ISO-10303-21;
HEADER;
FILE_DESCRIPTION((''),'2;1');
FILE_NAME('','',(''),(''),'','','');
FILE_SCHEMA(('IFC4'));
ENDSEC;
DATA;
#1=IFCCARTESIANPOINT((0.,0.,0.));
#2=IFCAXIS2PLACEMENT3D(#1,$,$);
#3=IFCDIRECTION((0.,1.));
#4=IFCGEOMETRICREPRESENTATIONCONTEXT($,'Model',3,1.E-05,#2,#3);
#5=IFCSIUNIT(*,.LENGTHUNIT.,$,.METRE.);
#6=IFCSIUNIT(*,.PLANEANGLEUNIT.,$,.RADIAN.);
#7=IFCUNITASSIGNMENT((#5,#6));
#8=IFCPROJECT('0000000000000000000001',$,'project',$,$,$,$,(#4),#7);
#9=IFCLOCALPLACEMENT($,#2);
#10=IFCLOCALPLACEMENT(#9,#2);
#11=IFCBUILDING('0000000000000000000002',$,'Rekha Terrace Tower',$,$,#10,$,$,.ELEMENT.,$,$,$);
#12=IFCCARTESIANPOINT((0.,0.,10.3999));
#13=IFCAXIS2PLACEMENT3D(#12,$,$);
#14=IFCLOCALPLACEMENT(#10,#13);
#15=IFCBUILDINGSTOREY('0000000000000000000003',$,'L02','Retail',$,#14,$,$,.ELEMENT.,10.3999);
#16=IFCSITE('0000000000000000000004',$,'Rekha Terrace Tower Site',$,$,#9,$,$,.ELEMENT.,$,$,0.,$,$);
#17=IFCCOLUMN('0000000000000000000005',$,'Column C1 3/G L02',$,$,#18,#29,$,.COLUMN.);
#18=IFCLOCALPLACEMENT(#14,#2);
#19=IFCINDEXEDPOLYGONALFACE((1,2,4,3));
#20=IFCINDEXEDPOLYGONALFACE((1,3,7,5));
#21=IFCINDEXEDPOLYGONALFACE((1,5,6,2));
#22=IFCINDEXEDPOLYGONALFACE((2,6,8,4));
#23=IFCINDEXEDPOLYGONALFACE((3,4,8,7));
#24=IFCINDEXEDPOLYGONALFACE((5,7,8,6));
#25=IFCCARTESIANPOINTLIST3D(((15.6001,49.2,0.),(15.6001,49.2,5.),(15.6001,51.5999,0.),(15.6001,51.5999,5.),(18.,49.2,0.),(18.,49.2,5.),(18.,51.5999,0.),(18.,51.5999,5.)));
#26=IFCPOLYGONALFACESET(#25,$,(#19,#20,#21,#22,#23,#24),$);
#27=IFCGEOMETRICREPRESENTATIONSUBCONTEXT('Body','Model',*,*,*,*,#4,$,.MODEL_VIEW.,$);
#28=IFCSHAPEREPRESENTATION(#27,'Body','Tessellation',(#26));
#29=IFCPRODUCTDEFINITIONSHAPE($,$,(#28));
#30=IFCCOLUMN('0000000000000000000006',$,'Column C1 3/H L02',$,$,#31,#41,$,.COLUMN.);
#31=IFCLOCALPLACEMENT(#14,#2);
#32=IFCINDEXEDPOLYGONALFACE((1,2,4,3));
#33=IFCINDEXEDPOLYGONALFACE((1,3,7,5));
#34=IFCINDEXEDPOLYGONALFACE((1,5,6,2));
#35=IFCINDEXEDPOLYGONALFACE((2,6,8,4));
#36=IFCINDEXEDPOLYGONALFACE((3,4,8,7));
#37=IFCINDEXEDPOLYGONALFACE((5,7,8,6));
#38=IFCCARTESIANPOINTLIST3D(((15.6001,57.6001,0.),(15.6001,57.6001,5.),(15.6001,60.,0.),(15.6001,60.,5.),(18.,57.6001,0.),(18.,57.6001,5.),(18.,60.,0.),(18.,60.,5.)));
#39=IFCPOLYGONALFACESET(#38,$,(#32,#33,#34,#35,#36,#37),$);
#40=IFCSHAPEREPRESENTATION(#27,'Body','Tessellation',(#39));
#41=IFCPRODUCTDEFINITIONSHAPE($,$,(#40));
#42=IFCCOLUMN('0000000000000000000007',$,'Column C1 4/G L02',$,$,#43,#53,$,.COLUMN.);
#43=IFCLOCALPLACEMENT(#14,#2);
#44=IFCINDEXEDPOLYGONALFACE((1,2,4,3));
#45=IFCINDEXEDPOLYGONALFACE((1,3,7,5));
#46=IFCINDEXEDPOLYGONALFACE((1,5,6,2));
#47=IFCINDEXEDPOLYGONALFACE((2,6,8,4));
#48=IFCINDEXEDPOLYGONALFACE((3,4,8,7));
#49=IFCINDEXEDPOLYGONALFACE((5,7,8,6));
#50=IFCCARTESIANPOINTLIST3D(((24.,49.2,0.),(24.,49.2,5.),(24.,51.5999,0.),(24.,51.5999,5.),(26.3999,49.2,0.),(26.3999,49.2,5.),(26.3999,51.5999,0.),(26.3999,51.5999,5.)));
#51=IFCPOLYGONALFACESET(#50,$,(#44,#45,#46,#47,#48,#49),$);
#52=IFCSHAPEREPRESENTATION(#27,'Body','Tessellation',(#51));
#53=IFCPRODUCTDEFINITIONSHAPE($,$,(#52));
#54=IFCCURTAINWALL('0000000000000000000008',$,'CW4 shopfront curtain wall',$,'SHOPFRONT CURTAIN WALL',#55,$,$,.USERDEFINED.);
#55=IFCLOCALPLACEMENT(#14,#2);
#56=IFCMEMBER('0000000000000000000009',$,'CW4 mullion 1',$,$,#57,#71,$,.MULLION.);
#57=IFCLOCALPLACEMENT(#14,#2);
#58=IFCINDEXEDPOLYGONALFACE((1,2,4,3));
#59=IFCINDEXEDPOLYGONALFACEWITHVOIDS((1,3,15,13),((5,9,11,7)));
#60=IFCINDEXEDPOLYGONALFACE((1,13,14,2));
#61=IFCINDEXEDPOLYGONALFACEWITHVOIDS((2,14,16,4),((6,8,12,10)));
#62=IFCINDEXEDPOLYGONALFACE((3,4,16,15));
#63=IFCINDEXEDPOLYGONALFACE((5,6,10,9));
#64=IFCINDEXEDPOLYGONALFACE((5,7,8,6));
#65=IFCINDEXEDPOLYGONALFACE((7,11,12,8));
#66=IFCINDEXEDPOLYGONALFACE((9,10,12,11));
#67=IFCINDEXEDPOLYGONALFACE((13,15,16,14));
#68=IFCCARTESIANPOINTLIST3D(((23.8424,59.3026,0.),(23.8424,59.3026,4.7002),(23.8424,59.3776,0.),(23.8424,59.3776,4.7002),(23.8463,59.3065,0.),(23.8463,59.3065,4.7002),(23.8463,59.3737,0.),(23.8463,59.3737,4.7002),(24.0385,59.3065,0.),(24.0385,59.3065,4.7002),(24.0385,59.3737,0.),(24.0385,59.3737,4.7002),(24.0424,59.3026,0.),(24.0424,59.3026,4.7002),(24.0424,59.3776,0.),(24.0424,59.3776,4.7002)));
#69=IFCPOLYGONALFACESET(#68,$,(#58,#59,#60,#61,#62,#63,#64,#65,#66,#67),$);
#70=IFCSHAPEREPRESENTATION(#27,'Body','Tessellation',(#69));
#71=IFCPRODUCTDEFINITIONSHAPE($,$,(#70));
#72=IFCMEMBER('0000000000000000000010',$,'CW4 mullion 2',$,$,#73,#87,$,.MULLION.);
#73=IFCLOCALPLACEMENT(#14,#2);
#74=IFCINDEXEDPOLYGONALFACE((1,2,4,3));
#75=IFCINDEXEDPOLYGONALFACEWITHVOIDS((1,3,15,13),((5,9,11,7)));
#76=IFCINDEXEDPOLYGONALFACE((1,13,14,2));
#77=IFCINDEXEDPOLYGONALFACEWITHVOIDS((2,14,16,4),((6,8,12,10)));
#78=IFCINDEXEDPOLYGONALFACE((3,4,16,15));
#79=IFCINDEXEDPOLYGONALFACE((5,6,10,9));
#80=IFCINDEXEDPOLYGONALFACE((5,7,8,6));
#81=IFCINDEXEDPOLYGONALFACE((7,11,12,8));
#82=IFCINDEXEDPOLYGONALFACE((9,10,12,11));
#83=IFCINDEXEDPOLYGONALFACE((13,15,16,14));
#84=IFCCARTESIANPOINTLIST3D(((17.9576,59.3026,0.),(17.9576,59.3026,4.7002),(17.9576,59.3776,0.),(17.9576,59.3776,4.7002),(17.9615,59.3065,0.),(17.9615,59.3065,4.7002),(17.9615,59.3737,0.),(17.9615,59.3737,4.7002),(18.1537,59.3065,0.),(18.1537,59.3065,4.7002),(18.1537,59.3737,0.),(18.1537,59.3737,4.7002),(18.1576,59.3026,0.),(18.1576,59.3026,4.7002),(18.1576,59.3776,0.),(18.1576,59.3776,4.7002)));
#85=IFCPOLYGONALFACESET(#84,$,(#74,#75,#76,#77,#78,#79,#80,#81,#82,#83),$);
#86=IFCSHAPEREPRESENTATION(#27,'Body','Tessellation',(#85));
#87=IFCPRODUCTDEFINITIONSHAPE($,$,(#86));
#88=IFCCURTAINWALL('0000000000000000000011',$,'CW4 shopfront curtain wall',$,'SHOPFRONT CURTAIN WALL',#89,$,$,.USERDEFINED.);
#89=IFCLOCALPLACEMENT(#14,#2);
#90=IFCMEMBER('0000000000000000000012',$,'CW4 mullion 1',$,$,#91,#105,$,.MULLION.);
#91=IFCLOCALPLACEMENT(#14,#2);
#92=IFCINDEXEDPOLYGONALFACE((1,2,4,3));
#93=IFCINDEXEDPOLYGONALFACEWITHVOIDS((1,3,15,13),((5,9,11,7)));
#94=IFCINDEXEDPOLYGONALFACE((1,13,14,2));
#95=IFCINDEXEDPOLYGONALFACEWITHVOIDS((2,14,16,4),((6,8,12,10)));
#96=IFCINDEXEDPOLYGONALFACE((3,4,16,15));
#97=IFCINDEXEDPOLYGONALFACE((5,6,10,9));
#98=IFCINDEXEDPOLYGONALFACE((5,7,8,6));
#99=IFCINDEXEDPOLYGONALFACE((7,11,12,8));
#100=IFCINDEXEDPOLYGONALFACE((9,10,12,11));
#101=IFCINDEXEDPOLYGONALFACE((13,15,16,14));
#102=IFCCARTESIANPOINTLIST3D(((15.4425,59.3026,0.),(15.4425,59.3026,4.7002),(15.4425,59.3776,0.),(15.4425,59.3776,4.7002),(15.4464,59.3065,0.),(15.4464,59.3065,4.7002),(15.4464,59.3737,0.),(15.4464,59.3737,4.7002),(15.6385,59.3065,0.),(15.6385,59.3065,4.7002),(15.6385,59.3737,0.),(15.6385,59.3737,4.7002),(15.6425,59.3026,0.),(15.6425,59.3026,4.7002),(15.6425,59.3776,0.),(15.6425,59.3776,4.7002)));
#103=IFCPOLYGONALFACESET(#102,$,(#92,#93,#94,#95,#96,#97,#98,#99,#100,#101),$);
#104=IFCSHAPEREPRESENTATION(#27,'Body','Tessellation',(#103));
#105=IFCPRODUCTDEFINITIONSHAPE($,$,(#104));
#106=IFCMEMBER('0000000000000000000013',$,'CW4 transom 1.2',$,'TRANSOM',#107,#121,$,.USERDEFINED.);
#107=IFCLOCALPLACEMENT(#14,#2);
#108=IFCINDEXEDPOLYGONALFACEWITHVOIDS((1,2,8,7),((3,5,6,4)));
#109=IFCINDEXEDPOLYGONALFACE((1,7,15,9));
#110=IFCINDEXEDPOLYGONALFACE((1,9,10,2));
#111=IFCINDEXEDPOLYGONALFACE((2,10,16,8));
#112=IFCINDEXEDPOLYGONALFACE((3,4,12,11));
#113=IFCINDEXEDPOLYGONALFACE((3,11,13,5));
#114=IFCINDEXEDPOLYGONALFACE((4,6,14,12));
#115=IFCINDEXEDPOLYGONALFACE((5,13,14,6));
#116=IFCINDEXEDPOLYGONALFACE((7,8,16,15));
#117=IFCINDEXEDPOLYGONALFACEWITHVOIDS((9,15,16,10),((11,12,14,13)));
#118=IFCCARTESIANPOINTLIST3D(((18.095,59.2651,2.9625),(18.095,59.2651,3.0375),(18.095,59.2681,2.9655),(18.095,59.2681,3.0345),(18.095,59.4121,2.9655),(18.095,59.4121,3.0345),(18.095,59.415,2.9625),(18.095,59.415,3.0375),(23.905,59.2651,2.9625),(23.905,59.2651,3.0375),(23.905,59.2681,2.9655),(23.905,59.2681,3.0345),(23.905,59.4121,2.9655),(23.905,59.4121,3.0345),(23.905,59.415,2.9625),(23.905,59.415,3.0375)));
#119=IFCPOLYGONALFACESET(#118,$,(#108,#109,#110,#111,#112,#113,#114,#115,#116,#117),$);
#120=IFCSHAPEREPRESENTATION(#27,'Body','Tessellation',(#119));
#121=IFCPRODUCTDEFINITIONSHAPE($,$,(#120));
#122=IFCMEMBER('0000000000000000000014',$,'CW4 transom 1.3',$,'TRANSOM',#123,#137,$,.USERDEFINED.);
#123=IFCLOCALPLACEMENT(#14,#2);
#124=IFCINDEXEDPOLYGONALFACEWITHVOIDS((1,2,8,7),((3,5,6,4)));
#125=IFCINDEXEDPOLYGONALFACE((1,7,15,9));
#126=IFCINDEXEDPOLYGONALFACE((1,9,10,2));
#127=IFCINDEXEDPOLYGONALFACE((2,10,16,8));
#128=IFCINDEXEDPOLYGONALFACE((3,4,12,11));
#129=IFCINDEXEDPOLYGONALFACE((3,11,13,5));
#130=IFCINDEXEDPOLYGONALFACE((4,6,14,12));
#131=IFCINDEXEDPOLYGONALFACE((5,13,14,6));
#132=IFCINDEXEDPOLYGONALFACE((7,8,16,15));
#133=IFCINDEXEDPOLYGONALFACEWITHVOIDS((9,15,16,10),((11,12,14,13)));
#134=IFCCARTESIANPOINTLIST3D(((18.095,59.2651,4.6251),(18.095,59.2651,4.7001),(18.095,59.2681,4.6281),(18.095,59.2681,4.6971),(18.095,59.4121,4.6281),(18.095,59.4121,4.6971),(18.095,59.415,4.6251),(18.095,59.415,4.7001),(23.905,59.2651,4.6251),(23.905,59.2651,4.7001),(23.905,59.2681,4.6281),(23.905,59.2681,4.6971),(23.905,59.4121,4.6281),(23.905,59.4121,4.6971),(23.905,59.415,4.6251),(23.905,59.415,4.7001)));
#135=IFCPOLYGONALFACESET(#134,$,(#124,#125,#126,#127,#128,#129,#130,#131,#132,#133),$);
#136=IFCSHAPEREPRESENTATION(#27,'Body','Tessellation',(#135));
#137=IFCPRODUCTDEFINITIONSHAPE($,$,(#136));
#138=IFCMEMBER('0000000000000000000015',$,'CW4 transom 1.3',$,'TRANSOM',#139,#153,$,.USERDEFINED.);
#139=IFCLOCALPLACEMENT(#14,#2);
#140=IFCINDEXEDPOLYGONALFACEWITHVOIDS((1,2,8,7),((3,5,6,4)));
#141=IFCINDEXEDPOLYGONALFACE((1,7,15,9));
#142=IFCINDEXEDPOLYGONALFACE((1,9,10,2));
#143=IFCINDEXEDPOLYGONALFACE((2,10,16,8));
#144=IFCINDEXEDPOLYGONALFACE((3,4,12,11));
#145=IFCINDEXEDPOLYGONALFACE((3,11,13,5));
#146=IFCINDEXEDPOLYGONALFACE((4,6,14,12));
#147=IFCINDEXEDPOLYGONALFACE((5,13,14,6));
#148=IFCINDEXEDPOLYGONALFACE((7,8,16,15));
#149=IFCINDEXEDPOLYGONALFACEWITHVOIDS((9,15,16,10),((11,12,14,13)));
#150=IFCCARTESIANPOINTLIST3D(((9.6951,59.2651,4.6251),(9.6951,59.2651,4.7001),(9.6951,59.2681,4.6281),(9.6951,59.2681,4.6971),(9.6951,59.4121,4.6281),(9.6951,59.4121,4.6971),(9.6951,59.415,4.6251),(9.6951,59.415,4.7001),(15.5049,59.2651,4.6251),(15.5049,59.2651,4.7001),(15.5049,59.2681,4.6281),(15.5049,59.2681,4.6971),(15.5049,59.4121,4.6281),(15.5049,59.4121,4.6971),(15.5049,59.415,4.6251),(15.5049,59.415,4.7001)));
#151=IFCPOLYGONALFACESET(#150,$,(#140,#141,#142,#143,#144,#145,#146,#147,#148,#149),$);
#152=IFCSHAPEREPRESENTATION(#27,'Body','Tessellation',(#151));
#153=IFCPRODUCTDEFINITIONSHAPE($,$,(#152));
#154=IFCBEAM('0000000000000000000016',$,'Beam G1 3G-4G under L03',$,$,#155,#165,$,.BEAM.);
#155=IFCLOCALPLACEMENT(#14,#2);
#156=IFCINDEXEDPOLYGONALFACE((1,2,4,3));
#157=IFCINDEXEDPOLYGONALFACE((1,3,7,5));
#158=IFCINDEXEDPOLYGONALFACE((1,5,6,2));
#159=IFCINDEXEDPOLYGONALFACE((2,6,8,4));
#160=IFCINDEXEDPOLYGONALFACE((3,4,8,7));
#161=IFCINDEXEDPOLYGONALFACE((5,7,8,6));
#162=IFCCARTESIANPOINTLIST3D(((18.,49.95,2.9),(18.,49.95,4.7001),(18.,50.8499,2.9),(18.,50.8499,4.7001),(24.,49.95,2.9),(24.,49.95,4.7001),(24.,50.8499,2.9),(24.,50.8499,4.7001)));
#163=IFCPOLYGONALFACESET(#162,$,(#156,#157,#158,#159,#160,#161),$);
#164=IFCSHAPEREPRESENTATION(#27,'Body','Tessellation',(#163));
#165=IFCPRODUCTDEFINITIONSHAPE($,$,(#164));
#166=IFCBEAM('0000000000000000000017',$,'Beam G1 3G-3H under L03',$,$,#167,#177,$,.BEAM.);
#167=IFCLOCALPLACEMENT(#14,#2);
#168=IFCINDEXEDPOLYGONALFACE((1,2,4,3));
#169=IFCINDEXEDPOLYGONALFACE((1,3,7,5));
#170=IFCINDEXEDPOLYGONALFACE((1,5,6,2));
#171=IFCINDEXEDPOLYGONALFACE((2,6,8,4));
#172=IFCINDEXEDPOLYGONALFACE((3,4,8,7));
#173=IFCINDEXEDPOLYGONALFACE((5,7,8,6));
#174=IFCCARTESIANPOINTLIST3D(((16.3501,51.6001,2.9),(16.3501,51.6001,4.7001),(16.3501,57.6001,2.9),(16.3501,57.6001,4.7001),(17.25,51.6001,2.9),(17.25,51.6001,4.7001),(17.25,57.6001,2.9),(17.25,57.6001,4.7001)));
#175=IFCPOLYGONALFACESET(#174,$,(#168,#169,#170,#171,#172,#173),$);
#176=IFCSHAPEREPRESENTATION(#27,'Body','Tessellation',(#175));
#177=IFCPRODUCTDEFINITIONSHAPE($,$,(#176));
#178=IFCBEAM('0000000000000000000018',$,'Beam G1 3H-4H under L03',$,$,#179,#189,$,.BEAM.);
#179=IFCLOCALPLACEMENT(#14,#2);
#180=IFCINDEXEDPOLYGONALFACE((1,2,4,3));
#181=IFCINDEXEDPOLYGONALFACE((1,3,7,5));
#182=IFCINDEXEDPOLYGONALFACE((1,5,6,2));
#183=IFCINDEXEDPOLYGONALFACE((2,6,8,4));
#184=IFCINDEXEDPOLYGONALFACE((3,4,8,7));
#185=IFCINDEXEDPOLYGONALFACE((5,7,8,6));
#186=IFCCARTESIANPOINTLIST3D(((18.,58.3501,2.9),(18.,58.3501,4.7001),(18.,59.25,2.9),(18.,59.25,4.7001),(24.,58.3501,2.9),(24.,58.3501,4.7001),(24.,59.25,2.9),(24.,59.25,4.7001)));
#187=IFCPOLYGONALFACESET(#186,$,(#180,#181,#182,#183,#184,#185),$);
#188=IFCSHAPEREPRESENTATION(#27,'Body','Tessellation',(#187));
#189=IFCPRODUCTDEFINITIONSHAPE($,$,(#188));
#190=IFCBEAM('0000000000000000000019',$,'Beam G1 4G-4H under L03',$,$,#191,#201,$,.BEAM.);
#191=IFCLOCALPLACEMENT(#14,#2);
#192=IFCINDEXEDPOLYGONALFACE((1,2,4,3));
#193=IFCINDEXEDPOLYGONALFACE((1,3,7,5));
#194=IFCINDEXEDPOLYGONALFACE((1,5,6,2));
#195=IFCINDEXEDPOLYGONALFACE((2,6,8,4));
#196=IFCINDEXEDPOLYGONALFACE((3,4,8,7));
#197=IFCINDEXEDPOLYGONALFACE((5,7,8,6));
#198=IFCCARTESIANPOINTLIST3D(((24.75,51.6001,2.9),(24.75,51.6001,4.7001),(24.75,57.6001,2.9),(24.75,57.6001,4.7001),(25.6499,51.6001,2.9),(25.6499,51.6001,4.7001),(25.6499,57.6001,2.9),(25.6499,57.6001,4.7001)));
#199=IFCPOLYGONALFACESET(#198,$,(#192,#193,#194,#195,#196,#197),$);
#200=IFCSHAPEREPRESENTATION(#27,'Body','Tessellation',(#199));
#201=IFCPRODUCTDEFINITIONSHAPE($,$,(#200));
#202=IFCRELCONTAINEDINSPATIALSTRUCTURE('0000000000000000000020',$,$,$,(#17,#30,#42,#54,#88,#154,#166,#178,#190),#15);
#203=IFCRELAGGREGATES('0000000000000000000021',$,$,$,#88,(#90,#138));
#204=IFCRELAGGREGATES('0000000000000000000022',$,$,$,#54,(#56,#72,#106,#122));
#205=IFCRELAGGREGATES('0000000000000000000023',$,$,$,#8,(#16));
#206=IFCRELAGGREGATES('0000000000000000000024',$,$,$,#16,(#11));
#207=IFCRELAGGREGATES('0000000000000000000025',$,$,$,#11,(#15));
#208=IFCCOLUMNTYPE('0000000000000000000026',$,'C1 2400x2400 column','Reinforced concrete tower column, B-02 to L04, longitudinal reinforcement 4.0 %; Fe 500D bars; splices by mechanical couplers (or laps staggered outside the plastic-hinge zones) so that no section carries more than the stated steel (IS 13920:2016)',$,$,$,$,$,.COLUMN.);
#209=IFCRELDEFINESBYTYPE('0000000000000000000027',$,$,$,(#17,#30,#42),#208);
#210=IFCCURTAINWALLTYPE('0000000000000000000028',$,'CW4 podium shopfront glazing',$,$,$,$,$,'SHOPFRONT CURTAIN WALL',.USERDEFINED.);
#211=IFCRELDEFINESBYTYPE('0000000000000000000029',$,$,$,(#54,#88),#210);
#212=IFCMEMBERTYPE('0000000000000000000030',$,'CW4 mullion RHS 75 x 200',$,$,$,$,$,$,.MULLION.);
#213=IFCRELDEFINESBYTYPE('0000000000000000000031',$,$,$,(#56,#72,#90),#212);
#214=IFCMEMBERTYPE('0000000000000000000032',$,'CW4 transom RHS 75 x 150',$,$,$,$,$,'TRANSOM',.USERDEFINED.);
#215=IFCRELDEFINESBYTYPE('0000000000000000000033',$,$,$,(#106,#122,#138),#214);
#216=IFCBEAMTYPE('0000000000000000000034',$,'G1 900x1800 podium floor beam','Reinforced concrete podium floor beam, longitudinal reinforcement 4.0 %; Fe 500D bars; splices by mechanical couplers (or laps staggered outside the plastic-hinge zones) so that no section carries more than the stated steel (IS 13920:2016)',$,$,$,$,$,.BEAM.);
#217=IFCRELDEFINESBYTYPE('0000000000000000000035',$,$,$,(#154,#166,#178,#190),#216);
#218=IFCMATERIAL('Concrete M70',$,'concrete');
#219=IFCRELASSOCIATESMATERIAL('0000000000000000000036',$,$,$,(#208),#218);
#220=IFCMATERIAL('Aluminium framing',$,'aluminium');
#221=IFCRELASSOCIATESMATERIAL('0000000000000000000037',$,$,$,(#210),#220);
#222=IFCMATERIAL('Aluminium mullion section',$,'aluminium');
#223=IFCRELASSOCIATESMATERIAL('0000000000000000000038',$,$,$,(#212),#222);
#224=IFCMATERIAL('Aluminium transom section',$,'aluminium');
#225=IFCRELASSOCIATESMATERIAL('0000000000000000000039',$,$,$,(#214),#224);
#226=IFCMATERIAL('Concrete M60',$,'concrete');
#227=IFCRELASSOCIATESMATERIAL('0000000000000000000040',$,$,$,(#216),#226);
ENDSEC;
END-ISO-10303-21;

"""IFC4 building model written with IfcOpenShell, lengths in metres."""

from ifc_helpers import new_model, si_unit, direction, frame, origin, origin_2d, place, context, subcontext, project, spatial, rectangle, hollow_rectangle, extrude, material, material_profile, profile_set, type_object, element, aggregate, save


model = new_model("IFC4")

# Units and contexts
model_context = context("Model", 3, precision=1e-05, world=origin(), true_north=direction((0.0, 1.0)))
body_context = subcontext(model_context, "Body", "Model", "MODEL_VIEW")
ifc_project = project(units=[si_unit("LENGTHUNIT", "METRE"), si_unit("PLANEANGLEUNIT", "RADIAN")], contexts=[model_context])

# Site, building, storey
site_placement = place(None, origin())
site = spatial("IfcSite", under=ifc_project, at=site_placement, Name="Rekha Terrace Tower Site", CompositionType="ELEMENT", RefElevation=0.0)
building_placement = place(site_placement, origin())
building = spatial("IfcBuilding", under=site, at=building_placement, Name="Rekha Terrace Tower", CompositionType="ELEMENT")
storey_placement = place(building_placement, frame((0.0, 0.0, 10.3999)))
storey = spatial("IfcBuildingStorey", under=building, at=storey_placement, Name="L02", Description="Retail", CompositionType="ELEMENT", Elevation=10.3999)

# Columns
ifc_material_1 = material(Name="Concrete M70", Category="concrete")
ifc_material_profile_1 = material_profile(ifc_material_1, rectangle(XDim=2.3999, YDim=2.3999, at=origin_2d()), Name="RC 2400x2400")
ifc_profile_set_1 = profile_set([ifc_material_profile_1], Name="Concrete M70")
column_type = type_object("IfcColumnType", Name="C1 2400x2400 column", Description="Reinforced concrete tower column, B-02 to L04, longitudinal reinforcement 4.0 %; Fe 500D bars; splices by mechanical couplers (or laps staggered outside the plastic-hinge zones) so that no section carries more than the stated steel (IS 13920:2016)", PredefinedType="COLUMN", material=ifc_profile_set_1)
for number, where, z_axis, x_axis, name in (
    (1, (16.8, 50.3999, 0.0), (0.0, 0.0, 1.0), (1.0, 0.0, 0.0), "Column C1 3/G L02"),
    (2, (16.8, 58.8, 0.0), (0.0, 0.0, 1.0), (1.0, 0.0, 0.0), "Column C1 3/H L02"),
    (3, (25.2, 50.3999, 0.0), (0.0, 0.0, 1.0), (1.0, 0.0, 0.0), "Column C1 4/G L02"),
):
    element("IfcColumn", number, at=place(storey_placement, frame(where, z_axis=z_axis, x_axis=x_axis)), inside=storey, type_object=column_type, Name=name, PredefinedType="COLUMN", context=body_context, shape_type="SweptSolid", body=[
        extrude(rectangle(XDim=2.3999, YDim=2.3999, at=origin_2d()), origin(), (0.0, 0.0, 1.0), 5.0),
    ])

# Curtain wall, members
ifc_material_2 = material(Name="Aluminium framing", Category="aluminium")
curtain_wall_type = type_object("IfcCurtainWallType", Name="CW4 podium shopfront glazing", ElementType="SHOPFRONT CURTAIN WALL", PredefinedType="USERDEFINED", material=ifc_material_2)
curtain_wall_1_placement = place(storey_placement, origin())
curtain_wall_1 = element("IfcCurtainWall", 4, at=curtain_wall_1_placement, inside=storey, type_object=curtain_wall_type, Name="CW4 shopfront curtain wall", ObjectType="SHOPFRONT CURTAIN WALL", PredefinedType="USERDEFINED")
ifc_material_3 = material(Name="Aluminium mullion section", Category="aluminium")
ifc_material_profile_2 = material_profile(ifc_material_3, hollow_rectangle(XDim=0.075, YDim=0.2, WallThickness=0.0039, at=origin_2d()), Name="AL RHS 75x200")
ifc_profile_set_2 = profile_set([ifc_material_profile_2], Name="Aluminium mullion section")
member_type_1 = type_object("IfcMemberType", Name="CW4 mullion RHS 75 x 200", PredefinedType="MULLION", material=ifc_profile_set_2)
member_1_placement = place(storey_placement, frame((23.9424, 59.3401, 0.0), z_axis=(0.0, 0.0, 1.0), x_axis=(0.0, -1.0, 0.0)))
member_1 = element("IfcMember", 5, at=member_1_placement, type_object=member_type_1, Name="CW4 mullion 1", PredefinedType="MULLION", context=body_context, shape_type="SweptSolid", body=[
    extrude(hollow_rectangle(XDim=0.075, YDim=0.2, WallThickness=0.0039, at=origin_2d()), origin(), (0.0, 0.0, 1.0), 4.7002),
])
member_2_placement = place(storey_placement, frame((18.0576, 59.3401, 0.0), z_axis=(0.0, 0.0, 1.0), x_axis=(0.0, -1.0, 0.0)))
member_2 = element("IfcMember", 6, at=member_2_placement, type_object=member_type_1, Name="CW4 mullion 2", PredefinedType="MULLION", context=body_context, shape_type="SweptSolid", body=[
    extrude(hollow_rectangle(XDim=0.075, YDim=0.2, WallThickness=0.0039, at=origin_2d()), origin(), (0.0, 0.0, 1.0), 4.7002),
])

# Curtain wall, member
curtain_wall_2_placement = place(storey_placement, origin())
curtain_wall_2 = element("IfcCurtainWall", 7, at=curtain_wall_2_placement, inside=storey, type_object=curtain_wall_type, Name="CW4 shopfront curtain wall", ObjectType="SHOPFRONT CURTAIN WALL", PredefinedType="USERDEFINED")
member_3_placement = place(storey_placement, frame((15.5425, 59.3401, 0.0), z_axis=(0.0, 0.0, 1.0), x_axis=(0.0, -1.0, 0.0)))
member_3 = element("IfcMember", 8, at=member_3_placement, type_object=member_type_1, Name="CW4 mullion 1", PredefinedType="MULLION", context=body_context, shape_type="SweptSolid", body=[
    extrude(hollow_rectangle(XDim=0.075, YDim=0.2, WallThickness=0.0039, at=origin_2d()), origin(), (0.0, 0.0, 1.0), 4.7002),
])

# Members
ifc_material_4 = material(Name="Aluminium transom section", Category="aluminium")
ifc_material_profile_3 = material_profile(ifc_material_4, hollow_rectangle(XDim=0.1499, YDim=0.075, WallThickness=0.0029, at=origin_2d()), Name="AL RHS 150x75")
ifc_profile_set_3 = profile_set([ifc_material_profile_3], Name="Aluminium transom section")
member_type_2 = type_object("IfcMemberType", Name="CW4 transom RHS 75 x 150", ElementType="TRANSOM", PredefinedType="USERDEFINED", material=ifc_profile_set_3)
member_4_placement = place(storey_placement, frame((23.905, 59.3401, 3.0), z_axis=(-1.0, 0.0, 0.0), x_axis=(0.0, -1.0, 0.0)))
member_4 = element("IfcMember", 9, at=member_4_placement, type_object=member_type_2, Name="CW4 transom 1.2", ObjectType="TRANSOM", PredefinedType="USERDEFINED", context=body_context, shape_type="SweptSolid", body=[
    extrude(hollow_rectangle(XDim=0.1499, YDim=0.075, WallThickness=0.0029, at=origin_2d()), origin(), (0.0, 0.0, 1.0), 5.8101),
])
member_5_placement = place(storey_placement, frame((23.905, 59.3401, 4.6626), z_axis=(-1.0, 0.0, 0.0), x_axis=(0.0, -1.0, 0.0)))
member_5 = element("IfcMember", 10, at=member_5_placement, type_object=member_type_2, Name="CW4 transom 1.3", ObjectType="TRANSOM", PredefinedType="USERDEFINED", context=body_context, shape_type="SweptSolid", body=[
    extrude(hollow_rectangle(XDim=0.1499, YDim=0.075, WallThickness=0.0029, at=origin_2d()), origin(), (0.0, 0.0, 1.0), 5.8101),
])
member_6_placement = place(storey_placement, frame((15.5049, 59.3401, 4.6626), z_axis=(-1.0, 0.0, 0.0), x_axis=(0.0, -1.0, 0.0)))
member_6 = element("IfcMember", 11, at=member_6_placement, type_object=member_type_2, Name="CW4 transom 1.3", ObjectType="TRANSOM", PredefinedType="USERDEFINED", context=body_context, shape_type="SweptSolid", body=[
    extrude(hollow_rectangle(XDim=0.1499, YDim=0.075, WallThickness=0.0029, at=origin_2d()), origin(), (0.0, 0.0, 1.0), 5.8098),
])
aggregate(curtain_wall_2, [member_3, member_6])

# Beams
ifc_material_5 = material(Name="Concrete M60", Category="concrete")
ifc_material_profile_4 = material_profile(ifc_material_5, rectangle(XDim=0.8999, YDim=1.8, at=origin_2d()), Name="RC 900x1800")
ifc_profile_set_4 = profile_set([ifc_material_profile_4], Name="Concrete M60")
beam_type = type_object("IfcBeamType", Name="G1 900x1800 podium floor beam", Description="Reinforced concrete podium floor beam, longitudinal reinforcement 4.0 %; Fe 500D bars; splices by mechanical couplers (or laps staggered outside the plastic-hinge zones) so that no section carries more than the stated steel (IS 13920:2016)", PredefinedType="BEAM", material=ifc_profile_set_4)
for number, where, z_axis, x_axis, name in (
    (12, (18.0, 50.3999, 3.8), (1.0, 0.0, 0.0), (0.0, 1.0, 0.0), "Beam G1 3G-4G under L03"),
    (13, (16.8, 51.6001, 3.8), (0.0, 1.0, 0.0), (-1.0, 0.0, 0.0), "Beam G1 3G-3H under L03"),
    (14, (18.0, 58.8, 3.8), (1.0, 0.0, 0.0), (0.0, 1.0, 0.0), "Beam G1 3H-4H under L03"),
    (15, (25.2, 51.6001, 3.8), (0.0, 1.0, 0.0), (-1.0, 0.0, 0.0), "Beam G1 4G-4H under L03"),
):
    element("IfcBeam", number, at=place(storey_placement, frame(where, z_axis=z_axis, x_axis=x_axis)), inside=storey, type_object=beam_type, Name=name, PredefinedType="BEAM", context=body_context, shape_type="SweptSolid", body=[
        extrude(rectangle(XDim=0.8999, YDim=1.8, at=origin_2d()), origin(), (0.0, 0.0, 1.0), 6.0),
    ])

aggregate(curtain_wall_1, [member_1, member_2, member_4, member_5])

save(model, "model.ifc")
